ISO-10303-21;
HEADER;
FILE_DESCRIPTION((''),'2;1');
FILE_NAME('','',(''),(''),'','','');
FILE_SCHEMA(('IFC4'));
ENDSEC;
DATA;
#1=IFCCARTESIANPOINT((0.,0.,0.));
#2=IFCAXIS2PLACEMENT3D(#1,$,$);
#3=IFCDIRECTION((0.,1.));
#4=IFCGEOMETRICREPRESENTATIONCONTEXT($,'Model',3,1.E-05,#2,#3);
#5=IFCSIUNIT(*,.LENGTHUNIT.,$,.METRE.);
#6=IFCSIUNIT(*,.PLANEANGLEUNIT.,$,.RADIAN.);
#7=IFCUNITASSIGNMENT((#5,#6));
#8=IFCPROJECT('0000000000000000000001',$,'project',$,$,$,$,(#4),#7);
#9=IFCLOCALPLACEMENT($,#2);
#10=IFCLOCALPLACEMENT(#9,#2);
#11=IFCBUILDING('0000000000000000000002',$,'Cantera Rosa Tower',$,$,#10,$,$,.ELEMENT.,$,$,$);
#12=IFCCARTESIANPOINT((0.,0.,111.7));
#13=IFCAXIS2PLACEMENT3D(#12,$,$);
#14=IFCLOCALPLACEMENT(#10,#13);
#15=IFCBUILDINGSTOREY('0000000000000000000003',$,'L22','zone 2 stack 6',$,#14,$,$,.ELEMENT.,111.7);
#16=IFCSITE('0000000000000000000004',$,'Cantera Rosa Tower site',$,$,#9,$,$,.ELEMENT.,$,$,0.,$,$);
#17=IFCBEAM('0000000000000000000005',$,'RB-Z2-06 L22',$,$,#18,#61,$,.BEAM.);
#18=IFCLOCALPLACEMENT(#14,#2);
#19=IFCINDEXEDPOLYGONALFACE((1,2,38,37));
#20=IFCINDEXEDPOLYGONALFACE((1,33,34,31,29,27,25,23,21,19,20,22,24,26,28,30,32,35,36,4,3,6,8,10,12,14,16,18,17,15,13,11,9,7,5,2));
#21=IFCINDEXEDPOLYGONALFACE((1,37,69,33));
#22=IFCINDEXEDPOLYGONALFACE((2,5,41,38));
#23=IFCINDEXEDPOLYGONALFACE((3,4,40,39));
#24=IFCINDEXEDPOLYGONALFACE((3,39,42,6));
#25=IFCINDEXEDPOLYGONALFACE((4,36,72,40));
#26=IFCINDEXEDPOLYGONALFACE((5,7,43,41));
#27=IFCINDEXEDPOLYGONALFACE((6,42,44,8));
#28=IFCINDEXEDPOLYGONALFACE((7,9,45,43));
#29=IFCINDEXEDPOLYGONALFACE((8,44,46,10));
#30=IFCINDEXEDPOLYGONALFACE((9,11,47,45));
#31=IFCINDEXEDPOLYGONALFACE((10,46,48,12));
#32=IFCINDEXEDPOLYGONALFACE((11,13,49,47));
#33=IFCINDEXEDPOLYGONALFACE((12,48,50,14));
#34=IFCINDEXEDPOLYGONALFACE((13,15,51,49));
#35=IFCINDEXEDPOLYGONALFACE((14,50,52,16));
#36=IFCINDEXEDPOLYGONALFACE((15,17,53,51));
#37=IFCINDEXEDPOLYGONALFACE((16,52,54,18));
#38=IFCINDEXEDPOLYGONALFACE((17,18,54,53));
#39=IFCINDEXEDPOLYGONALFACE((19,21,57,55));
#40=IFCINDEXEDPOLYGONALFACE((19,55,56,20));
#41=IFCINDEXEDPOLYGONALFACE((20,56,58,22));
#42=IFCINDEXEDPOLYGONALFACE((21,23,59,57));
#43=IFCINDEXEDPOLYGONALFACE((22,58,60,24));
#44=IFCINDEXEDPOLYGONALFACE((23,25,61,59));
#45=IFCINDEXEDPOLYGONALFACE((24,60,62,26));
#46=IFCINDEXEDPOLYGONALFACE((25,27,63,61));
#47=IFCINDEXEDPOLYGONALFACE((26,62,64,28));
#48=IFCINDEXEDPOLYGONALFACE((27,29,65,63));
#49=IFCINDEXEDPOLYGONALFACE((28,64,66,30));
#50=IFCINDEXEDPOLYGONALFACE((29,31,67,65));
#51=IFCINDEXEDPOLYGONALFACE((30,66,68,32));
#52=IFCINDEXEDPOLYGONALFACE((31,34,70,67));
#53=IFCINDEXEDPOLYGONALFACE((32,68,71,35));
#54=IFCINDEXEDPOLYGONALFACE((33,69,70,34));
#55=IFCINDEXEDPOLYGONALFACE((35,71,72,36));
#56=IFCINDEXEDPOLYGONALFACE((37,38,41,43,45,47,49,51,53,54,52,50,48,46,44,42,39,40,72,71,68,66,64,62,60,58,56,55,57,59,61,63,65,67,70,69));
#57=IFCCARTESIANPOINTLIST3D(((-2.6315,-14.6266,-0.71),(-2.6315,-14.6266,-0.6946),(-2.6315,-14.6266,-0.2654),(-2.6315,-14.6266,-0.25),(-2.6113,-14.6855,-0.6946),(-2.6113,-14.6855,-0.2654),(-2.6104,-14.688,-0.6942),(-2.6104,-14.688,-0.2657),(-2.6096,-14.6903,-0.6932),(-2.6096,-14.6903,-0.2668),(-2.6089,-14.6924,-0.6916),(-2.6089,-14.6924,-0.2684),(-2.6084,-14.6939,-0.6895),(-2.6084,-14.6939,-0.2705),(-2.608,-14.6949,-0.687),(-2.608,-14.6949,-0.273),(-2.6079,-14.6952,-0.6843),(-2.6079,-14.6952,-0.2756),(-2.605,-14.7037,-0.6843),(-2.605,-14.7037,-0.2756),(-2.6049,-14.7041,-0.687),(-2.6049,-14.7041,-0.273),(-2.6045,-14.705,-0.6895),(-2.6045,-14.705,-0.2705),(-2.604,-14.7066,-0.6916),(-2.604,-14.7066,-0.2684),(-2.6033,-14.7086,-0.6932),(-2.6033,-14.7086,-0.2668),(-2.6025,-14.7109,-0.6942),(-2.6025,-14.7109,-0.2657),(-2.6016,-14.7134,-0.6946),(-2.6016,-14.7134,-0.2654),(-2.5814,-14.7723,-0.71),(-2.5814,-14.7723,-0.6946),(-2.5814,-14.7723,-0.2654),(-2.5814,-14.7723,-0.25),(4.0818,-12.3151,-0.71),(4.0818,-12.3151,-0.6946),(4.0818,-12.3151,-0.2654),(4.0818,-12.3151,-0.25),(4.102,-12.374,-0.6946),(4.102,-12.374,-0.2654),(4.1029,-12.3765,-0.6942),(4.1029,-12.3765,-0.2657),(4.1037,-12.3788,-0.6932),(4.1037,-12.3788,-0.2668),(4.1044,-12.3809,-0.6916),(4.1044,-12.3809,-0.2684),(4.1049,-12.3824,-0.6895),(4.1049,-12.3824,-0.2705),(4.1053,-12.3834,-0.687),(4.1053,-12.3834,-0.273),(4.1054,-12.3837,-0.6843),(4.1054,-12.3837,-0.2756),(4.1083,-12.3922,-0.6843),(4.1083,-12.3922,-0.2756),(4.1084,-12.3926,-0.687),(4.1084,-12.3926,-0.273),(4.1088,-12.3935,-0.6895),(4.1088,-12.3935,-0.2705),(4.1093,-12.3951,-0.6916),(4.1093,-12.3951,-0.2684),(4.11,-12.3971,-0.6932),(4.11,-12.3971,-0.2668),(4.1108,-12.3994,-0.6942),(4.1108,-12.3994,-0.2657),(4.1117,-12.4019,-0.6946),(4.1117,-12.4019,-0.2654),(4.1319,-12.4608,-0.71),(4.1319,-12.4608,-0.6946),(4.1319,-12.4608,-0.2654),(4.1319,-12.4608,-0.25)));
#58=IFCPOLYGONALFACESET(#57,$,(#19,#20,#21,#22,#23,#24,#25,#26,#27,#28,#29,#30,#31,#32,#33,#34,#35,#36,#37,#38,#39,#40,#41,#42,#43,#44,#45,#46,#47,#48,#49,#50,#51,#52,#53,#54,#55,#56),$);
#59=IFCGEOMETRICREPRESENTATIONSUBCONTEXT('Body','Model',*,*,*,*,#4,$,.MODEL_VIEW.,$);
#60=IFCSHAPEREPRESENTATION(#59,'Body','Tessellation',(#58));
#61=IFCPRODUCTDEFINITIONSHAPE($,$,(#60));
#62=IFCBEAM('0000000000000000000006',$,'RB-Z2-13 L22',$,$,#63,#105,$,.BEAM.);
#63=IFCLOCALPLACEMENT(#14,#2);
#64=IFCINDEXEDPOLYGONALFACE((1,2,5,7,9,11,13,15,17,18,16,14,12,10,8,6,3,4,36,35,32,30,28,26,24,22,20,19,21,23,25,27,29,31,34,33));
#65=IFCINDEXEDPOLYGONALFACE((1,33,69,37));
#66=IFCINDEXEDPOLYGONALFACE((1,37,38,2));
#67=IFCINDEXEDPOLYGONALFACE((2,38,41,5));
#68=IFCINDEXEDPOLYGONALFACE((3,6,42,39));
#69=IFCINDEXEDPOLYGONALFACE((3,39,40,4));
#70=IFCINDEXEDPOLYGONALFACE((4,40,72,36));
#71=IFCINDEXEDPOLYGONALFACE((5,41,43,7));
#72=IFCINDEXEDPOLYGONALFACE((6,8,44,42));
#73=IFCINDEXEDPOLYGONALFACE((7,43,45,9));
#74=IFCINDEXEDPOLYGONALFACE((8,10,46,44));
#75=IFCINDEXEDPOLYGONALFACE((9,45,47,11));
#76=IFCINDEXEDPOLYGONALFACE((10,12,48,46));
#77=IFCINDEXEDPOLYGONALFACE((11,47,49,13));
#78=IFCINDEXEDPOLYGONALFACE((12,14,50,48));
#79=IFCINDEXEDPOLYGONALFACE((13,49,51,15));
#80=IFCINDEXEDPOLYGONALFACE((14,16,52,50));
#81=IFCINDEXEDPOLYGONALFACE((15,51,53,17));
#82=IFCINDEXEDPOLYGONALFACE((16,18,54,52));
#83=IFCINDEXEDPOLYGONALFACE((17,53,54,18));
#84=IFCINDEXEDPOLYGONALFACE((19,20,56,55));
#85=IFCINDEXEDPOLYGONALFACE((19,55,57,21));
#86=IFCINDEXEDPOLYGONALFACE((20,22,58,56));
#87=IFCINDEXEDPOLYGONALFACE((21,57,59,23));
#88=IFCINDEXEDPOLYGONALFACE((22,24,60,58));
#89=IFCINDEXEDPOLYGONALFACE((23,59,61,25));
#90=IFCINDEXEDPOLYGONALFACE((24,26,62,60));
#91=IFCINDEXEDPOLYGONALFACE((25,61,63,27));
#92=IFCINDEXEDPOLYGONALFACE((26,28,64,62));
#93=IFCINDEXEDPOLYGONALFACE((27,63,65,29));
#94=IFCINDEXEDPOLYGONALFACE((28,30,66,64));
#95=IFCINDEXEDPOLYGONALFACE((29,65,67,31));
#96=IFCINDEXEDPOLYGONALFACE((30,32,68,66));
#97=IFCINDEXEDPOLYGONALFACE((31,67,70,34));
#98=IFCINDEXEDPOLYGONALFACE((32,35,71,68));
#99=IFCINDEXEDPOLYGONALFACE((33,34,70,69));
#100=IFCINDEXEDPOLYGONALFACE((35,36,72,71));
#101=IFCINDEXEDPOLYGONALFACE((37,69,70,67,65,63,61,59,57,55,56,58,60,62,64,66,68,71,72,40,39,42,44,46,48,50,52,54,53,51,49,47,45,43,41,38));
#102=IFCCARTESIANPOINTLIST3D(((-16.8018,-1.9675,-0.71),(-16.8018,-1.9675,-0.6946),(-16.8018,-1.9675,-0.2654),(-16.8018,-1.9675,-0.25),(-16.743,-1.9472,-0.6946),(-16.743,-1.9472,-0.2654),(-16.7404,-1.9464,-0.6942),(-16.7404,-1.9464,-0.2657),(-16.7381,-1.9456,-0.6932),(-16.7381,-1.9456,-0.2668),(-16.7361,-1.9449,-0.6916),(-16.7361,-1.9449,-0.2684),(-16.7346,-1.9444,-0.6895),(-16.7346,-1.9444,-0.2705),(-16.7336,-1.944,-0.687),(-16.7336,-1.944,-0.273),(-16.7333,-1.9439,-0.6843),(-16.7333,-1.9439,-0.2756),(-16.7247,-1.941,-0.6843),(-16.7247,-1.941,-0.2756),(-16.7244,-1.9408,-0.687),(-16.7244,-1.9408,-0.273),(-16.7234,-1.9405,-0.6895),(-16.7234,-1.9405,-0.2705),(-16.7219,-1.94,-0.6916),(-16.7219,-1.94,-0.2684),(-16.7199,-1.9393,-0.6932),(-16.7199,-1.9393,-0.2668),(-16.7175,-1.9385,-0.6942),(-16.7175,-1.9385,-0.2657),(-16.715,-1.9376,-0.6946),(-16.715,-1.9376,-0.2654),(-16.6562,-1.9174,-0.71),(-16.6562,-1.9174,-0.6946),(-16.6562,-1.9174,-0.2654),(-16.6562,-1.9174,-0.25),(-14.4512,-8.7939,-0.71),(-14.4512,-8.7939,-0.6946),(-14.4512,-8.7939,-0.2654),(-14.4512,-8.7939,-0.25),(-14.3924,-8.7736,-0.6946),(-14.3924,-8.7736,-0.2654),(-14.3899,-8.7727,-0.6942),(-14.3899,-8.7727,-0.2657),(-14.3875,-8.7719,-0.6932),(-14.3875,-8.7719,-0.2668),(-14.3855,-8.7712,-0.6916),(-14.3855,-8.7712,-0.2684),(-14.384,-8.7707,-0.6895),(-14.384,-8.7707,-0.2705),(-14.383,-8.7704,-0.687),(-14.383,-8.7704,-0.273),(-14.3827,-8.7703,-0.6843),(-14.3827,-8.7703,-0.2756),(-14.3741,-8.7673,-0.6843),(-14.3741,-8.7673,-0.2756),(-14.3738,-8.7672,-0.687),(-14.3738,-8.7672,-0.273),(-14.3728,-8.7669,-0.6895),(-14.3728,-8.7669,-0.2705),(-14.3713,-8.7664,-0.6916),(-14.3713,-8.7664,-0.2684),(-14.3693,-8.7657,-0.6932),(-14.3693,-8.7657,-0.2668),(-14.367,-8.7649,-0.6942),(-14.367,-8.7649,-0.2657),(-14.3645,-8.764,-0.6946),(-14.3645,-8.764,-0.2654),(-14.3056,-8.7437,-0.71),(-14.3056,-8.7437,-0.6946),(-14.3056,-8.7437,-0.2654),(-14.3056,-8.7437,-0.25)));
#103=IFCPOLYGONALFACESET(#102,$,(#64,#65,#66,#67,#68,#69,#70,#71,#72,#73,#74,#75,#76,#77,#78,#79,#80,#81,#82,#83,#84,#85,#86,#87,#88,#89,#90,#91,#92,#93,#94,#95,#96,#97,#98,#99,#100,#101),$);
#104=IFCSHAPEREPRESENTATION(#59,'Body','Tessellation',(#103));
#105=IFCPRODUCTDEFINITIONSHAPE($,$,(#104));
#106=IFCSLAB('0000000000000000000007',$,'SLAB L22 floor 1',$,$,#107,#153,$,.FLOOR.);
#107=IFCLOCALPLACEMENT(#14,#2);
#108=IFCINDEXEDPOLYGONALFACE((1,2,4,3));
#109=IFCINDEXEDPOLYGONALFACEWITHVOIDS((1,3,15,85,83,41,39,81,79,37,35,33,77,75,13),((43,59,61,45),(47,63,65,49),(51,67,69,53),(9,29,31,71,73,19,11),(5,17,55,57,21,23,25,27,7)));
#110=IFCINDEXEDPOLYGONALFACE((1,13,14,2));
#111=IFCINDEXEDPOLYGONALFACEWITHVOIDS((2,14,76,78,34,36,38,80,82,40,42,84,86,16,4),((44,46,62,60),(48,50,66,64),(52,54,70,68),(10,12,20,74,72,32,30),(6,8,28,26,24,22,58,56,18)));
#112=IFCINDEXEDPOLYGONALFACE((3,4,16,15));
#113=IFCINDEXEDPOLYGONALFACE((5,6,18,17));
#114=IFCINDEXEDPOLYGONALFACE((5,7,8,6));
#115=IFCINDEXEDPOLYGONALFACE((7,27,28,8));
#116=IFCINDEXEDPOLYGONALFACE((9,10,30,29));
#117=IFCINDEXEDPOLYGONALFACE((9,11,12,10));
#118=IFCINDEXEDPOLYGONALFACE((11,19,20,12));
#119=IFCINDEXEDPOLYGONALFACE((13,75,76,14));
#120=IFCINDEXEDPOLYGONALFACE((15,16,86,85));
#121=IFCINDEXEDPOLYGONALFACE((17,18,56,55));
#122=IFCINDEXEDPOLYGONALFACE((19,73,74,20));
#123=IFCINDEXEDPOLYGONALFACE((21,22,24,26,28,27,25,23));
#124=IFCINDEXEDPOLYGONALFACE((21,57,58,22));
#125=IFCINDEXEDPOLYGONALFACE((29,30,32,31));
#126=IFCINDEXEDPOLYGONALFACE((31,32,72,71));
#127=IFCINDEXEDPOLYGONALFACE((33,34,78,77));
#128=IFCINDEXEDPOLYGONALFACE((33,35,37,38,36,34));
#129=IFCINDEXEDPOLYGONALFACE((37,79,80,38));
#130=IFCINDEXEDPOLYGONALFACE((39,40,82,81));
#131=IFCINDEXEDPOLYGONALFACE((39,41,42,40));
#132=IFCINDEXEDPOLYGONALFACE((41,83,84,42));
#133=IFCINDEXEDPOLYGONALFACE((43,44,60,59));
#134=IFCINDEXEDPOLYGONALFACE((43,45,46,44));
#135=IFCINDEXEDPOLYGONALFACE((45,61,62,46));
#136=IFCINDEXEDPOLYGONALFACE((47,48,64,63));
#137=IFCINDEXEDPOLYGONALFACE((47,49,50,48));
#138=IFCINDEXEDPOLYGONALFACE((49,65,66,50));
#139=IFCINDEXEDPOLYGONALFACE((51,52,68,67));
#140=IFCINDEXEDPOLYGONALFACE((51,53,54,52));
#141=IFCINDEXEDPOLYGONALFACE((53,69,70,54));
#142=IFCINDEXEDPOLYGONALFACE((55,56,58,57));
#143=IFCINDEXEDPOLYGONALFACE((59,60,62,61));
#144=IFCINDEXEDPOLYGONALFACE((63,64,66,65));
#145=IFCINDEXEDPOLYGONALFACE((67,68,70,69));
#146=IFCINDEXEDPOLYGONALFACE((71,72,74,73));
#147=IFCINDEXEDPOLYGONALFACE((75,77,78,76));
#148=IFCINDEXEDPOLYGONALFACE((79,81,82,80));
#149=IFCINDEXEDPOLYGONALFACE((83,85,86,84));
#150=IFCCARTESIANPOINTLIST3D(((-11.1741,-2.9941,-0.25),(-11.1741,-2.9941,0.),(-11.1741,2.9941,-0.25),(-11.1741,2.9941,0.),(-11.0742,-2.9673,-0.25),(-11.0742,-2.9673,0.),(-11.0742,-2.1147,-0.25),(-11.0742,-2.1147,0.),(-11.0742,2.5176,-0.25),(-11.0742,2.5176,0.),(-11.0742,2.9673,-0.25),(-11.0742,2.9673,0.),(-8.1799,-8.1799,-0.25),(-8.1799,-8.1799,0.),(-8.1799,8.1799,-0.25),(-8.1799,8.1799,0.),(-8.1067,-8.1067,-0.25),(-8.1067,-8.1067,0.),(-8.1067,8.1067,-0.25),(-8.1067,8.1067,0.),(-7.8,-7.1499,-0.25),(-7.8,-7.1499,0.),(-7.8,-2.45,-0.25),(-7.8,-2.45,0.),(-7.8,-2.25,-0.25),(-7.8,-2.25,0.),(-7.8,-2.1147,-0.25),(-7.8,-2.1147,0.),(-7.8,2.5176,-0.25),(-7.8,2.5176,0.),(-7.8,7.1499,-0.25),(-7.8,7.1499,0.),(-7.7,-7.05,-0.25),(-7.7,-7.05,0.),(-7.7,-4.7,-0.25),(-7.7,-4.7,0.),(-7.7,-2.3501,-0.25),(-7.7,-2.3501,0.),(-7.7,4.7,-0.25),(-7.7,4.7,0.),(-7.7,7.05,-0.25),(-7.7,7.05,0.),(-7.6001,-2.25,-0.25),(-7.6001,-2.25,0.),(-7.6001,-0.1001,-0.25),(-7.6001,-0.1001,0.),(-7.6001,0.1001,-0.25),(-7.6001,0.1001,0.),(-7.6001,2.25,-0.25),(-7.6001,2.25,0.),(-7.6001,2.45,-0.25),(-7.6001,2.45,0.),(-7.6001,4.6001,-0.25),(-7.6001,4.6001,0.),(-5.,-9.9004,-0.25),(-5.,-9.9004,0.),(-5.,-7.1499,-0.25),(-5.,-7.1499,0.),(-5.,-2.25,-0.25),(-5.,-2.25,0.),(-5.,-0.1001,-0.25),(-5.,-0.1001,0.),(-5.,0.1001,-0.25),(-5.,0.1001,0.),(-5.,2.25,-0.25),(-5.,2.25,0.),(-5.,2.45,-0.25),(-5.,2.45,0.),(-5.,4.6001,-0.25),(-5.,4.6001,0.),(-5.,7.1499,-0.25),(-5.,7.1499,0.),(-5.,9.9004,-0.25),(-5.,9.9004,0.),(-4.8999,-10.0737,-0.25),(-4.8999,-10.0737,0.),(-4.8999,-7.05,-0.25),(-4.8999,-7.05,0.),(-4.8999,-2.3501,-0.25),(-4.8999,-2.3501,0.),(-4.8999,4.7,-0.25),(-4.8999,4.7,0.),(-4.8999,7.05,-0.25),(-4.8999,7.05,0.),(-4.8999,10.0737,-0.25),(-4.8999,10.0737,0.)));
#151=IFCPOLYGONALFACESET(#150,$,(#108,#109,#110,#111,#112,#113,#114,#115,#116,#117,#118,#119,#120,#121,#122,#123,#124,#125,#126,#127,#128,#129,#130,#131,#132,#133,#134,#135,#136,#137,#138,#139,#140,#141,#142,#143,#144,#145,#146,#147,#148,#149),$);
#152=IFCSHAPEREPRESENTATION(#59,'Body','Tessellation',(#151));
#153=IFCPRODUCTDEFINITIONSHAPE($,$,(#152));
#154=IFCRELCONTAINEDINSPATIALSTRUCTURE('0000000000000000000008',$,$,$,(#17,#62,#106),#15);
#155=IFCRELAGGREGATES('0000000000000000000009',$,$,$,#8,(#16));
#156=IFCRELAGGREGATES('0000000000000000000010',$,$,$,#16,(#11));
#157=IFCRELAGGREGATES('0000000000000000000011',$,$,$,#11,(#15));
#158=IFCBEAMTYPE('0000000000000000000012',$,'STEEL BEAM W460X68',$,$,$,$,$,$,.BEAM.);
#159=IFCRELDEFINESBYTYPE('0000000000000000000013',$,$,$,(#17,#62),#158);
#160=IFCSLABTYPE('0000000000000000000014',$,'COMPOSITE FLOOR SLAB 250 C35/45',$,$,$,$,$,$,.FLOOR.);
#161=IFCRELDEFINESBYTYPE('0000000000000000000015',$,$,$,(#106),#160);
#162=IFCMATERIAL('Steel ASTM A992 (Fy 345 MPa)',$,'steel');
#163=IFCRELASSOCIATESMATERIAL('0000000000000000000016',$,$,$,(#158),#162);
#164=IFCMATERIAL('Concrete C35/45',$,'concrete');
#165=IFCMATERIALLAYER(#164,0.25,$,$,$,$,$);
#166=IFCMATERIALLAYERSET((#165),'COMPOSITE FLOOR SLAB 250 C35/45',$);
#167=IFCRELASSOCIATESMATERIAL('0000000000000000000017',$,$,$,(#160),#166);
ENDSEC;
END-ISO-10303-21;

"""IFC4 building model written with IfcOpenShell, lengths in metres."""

from ifc_helpers import new_model, si_unit, direction, frame, origin, origin_2d, place, context, subcontext, project, spatial, polyline, i_section, outline, extrude, material, layer, layer_set, material_profile, profile_set, type_object, element, save


model = new_model("IFC4")

# Units and contexts
model_context = context("Model", 3, precision=1e-05, world=origin(), true_north=direction((0.0, 1.0)))
body_context = subcontext(model_context, "Body", "Model", "MODEL_VIEW")
ifc_project = project(units=[si_unit("LENGTHUNIT", "METRE"), si_unit("PLANEANGLEUNIT", "RADIAN")], contexts=[model_context])

# Site, building, storey
site_placement = place(None, origin())
site = spatial("IfcSite", under=ifc_project, at=site_placement, Name="Cantera Rosa Tower site", CompositionType="ELEMENT", RefElevation=0.0)
building_placement = place(site_placement, origin())
building = spatial("IfcBuilding", under=site, at=building_placement, Name="Cantera Rosa Tower", CompositionType="ELEMENT")
storey_placement = place(building_placement, frame((0.0, 0.0, 111.7)))
storey = spatial("IfcBuildingStorey", under=building, at=storey_placement, Name="L22", Description="zone 2 stack 6", CompositionType="ELEMENT", Elevation=111.7)

# Beams
ifc_material_1 = material(Name="Steel ASTM A992 (Fy 345 MPa)", Category="steel")
ifc_material_profile = material_profile(ifc_material_1, i_section(OverallWidth=0.1541, OverallDepth=0.46, WebThickness=0.009, FlangeThickness=0.0154, FilletRadius=0.0103, at=origin_2d()), Name="W460X68")
ifc_profile_set = profile_set([ifc_material_profile], Name="Steel ASTM A992 (Fy 345 MPa)")
beam_type = type_object("IfcBeamType", Name="STEEL BEAM W460X68", PredefinedType="BEAM", material=ifc_profile_set)
beam_1_placement = place(storey_placement, frame((-2.6064, -14.6995, -0.48), z_axis=(0.945522, 0.325558, 0.0), x_axis=(-0.325558, 0.945522, 0.0)))
element("IfcBeam", 1, at=beam_1_placement, inside=storey, type_object=beam_type, Name="RB-Z2-06 L22", PredefinedType="BEAM", context=body_context, shape_type="SweptSolid", body=[
    extrude(i_section(OverallWidth=0.1541, OverallDepth=0.46, WebThickness=0.009, FlangeThickness=0.0154, FilletRadius=0.0103, at=origin_2d()), origin(), (0.0, 0.0, 1.0), 7.1001),
])
beam_2_placement = place(storey_placement, frame((-14.3784, -8.7688, -0.48), z_axis=(-0.325576, 0.945516, 0.0), x_axis=(-0.945516, -0.325576, 0.0)))
element("IfcBeam", 2, at=beam_2_placement, inside=storey, type_object=beam_type, Name="RB-Z2-13 L22", PredefinedType="BEAM", context=body_context, shape_type="SweptSolid", body=[
    extrude(i_section(OverallWidth=0.1541, OverallDepth=0.46, WebThickness=0.009, FlangeThickness=0.0154, FilletRadius=0.0103, at=origin_2d()), origin(), (0.0, 0.0, 1.0), 7.2197),
])

# Slab
ifc_material_2 = material(Name="Concrete C35/45", Category="concrete")
ifc_layer_1 = layer(ifc_material_2, 0.25)
ifc_layer_set_1 = layer_set([ifc_layer_1], Name="COMPOSITE FLOOR SLAB 250 C35/45")
slab_type_1 = type_object("IfcSlabType", Name="COMPOSITE FLOOR SLAB 250 C35/45", PredefinedType="FLOOR", material=ifc_layer_set_1)
slab_1_placement = place(storey_placement, frame((0.0, 0.0, -0.25)))
element("IfcSlab", 3, at=slab_1_placement, inside=storey, type_object=slab_type_1, Name="SLAB L22 floor 1", PredefinedType="FLOOR", context=body_context, shape_type="SweptSolid", body=[
    extrude(outline(polyline([(-7.7, -4.7), (-7.7, -7.05), (-4.8999, -7.05), (-4.8999, -10.0737), (-8.1799, -8.1799), (-11.1741, -2.9941), (-11.1741, 2.9941), (-8.1799, 8.1799), (-4.8999, 10.0737), (-4.8999, 7.05), (-7.7, 7.05), (-7.7, 4.7), (-4.8999, 4.7), (-4.8999, -2.3501), (-7.7, -2.3501), (-7.7, -4.7)]), holes=[polyline([(-5.0, -7.1499), (-7.8, -7.1499), (-7.8, -2.45), (-7.8, -2.25), (-7.8, -2.1147), (-11.0742, -2.1147), (-11.0742, -2.9673), (-8.1067, -8.1067), (-5.0, -9.9004), (-5.0, -7.1499)]), polyline([(-5.0, -2.25), (-5.0, -0.1001), (-7.6001, -0.1001), (-7.6001, -2.25), (-5.0, -2.25)]), polyline([(-5.0, 0.1001), (-5.0, 2.25), (-7.6001, 2.25), (-7.6001, 0.1001), (-5.0, 0.1001)]), polyline([(-5.0, 2.45), (-5.0, 4.6001), (-7.6001, 4.6001), (-7.6001, 2.45), (-5.0, 2.45)]), polyline([(-5.0, 9.9004), (-8.1067, 8.1067), (-11.0742, 2.9673), (-11.0742, 2.5176), (-7.8, 2.5176), (-7.8, 7.1499), (-5.0, 7.1499), (-5.0, 9.9004)])]), origin(), (0.0, 0.0, 1.0), 0.25),
])

save(model, "model.ifc")
